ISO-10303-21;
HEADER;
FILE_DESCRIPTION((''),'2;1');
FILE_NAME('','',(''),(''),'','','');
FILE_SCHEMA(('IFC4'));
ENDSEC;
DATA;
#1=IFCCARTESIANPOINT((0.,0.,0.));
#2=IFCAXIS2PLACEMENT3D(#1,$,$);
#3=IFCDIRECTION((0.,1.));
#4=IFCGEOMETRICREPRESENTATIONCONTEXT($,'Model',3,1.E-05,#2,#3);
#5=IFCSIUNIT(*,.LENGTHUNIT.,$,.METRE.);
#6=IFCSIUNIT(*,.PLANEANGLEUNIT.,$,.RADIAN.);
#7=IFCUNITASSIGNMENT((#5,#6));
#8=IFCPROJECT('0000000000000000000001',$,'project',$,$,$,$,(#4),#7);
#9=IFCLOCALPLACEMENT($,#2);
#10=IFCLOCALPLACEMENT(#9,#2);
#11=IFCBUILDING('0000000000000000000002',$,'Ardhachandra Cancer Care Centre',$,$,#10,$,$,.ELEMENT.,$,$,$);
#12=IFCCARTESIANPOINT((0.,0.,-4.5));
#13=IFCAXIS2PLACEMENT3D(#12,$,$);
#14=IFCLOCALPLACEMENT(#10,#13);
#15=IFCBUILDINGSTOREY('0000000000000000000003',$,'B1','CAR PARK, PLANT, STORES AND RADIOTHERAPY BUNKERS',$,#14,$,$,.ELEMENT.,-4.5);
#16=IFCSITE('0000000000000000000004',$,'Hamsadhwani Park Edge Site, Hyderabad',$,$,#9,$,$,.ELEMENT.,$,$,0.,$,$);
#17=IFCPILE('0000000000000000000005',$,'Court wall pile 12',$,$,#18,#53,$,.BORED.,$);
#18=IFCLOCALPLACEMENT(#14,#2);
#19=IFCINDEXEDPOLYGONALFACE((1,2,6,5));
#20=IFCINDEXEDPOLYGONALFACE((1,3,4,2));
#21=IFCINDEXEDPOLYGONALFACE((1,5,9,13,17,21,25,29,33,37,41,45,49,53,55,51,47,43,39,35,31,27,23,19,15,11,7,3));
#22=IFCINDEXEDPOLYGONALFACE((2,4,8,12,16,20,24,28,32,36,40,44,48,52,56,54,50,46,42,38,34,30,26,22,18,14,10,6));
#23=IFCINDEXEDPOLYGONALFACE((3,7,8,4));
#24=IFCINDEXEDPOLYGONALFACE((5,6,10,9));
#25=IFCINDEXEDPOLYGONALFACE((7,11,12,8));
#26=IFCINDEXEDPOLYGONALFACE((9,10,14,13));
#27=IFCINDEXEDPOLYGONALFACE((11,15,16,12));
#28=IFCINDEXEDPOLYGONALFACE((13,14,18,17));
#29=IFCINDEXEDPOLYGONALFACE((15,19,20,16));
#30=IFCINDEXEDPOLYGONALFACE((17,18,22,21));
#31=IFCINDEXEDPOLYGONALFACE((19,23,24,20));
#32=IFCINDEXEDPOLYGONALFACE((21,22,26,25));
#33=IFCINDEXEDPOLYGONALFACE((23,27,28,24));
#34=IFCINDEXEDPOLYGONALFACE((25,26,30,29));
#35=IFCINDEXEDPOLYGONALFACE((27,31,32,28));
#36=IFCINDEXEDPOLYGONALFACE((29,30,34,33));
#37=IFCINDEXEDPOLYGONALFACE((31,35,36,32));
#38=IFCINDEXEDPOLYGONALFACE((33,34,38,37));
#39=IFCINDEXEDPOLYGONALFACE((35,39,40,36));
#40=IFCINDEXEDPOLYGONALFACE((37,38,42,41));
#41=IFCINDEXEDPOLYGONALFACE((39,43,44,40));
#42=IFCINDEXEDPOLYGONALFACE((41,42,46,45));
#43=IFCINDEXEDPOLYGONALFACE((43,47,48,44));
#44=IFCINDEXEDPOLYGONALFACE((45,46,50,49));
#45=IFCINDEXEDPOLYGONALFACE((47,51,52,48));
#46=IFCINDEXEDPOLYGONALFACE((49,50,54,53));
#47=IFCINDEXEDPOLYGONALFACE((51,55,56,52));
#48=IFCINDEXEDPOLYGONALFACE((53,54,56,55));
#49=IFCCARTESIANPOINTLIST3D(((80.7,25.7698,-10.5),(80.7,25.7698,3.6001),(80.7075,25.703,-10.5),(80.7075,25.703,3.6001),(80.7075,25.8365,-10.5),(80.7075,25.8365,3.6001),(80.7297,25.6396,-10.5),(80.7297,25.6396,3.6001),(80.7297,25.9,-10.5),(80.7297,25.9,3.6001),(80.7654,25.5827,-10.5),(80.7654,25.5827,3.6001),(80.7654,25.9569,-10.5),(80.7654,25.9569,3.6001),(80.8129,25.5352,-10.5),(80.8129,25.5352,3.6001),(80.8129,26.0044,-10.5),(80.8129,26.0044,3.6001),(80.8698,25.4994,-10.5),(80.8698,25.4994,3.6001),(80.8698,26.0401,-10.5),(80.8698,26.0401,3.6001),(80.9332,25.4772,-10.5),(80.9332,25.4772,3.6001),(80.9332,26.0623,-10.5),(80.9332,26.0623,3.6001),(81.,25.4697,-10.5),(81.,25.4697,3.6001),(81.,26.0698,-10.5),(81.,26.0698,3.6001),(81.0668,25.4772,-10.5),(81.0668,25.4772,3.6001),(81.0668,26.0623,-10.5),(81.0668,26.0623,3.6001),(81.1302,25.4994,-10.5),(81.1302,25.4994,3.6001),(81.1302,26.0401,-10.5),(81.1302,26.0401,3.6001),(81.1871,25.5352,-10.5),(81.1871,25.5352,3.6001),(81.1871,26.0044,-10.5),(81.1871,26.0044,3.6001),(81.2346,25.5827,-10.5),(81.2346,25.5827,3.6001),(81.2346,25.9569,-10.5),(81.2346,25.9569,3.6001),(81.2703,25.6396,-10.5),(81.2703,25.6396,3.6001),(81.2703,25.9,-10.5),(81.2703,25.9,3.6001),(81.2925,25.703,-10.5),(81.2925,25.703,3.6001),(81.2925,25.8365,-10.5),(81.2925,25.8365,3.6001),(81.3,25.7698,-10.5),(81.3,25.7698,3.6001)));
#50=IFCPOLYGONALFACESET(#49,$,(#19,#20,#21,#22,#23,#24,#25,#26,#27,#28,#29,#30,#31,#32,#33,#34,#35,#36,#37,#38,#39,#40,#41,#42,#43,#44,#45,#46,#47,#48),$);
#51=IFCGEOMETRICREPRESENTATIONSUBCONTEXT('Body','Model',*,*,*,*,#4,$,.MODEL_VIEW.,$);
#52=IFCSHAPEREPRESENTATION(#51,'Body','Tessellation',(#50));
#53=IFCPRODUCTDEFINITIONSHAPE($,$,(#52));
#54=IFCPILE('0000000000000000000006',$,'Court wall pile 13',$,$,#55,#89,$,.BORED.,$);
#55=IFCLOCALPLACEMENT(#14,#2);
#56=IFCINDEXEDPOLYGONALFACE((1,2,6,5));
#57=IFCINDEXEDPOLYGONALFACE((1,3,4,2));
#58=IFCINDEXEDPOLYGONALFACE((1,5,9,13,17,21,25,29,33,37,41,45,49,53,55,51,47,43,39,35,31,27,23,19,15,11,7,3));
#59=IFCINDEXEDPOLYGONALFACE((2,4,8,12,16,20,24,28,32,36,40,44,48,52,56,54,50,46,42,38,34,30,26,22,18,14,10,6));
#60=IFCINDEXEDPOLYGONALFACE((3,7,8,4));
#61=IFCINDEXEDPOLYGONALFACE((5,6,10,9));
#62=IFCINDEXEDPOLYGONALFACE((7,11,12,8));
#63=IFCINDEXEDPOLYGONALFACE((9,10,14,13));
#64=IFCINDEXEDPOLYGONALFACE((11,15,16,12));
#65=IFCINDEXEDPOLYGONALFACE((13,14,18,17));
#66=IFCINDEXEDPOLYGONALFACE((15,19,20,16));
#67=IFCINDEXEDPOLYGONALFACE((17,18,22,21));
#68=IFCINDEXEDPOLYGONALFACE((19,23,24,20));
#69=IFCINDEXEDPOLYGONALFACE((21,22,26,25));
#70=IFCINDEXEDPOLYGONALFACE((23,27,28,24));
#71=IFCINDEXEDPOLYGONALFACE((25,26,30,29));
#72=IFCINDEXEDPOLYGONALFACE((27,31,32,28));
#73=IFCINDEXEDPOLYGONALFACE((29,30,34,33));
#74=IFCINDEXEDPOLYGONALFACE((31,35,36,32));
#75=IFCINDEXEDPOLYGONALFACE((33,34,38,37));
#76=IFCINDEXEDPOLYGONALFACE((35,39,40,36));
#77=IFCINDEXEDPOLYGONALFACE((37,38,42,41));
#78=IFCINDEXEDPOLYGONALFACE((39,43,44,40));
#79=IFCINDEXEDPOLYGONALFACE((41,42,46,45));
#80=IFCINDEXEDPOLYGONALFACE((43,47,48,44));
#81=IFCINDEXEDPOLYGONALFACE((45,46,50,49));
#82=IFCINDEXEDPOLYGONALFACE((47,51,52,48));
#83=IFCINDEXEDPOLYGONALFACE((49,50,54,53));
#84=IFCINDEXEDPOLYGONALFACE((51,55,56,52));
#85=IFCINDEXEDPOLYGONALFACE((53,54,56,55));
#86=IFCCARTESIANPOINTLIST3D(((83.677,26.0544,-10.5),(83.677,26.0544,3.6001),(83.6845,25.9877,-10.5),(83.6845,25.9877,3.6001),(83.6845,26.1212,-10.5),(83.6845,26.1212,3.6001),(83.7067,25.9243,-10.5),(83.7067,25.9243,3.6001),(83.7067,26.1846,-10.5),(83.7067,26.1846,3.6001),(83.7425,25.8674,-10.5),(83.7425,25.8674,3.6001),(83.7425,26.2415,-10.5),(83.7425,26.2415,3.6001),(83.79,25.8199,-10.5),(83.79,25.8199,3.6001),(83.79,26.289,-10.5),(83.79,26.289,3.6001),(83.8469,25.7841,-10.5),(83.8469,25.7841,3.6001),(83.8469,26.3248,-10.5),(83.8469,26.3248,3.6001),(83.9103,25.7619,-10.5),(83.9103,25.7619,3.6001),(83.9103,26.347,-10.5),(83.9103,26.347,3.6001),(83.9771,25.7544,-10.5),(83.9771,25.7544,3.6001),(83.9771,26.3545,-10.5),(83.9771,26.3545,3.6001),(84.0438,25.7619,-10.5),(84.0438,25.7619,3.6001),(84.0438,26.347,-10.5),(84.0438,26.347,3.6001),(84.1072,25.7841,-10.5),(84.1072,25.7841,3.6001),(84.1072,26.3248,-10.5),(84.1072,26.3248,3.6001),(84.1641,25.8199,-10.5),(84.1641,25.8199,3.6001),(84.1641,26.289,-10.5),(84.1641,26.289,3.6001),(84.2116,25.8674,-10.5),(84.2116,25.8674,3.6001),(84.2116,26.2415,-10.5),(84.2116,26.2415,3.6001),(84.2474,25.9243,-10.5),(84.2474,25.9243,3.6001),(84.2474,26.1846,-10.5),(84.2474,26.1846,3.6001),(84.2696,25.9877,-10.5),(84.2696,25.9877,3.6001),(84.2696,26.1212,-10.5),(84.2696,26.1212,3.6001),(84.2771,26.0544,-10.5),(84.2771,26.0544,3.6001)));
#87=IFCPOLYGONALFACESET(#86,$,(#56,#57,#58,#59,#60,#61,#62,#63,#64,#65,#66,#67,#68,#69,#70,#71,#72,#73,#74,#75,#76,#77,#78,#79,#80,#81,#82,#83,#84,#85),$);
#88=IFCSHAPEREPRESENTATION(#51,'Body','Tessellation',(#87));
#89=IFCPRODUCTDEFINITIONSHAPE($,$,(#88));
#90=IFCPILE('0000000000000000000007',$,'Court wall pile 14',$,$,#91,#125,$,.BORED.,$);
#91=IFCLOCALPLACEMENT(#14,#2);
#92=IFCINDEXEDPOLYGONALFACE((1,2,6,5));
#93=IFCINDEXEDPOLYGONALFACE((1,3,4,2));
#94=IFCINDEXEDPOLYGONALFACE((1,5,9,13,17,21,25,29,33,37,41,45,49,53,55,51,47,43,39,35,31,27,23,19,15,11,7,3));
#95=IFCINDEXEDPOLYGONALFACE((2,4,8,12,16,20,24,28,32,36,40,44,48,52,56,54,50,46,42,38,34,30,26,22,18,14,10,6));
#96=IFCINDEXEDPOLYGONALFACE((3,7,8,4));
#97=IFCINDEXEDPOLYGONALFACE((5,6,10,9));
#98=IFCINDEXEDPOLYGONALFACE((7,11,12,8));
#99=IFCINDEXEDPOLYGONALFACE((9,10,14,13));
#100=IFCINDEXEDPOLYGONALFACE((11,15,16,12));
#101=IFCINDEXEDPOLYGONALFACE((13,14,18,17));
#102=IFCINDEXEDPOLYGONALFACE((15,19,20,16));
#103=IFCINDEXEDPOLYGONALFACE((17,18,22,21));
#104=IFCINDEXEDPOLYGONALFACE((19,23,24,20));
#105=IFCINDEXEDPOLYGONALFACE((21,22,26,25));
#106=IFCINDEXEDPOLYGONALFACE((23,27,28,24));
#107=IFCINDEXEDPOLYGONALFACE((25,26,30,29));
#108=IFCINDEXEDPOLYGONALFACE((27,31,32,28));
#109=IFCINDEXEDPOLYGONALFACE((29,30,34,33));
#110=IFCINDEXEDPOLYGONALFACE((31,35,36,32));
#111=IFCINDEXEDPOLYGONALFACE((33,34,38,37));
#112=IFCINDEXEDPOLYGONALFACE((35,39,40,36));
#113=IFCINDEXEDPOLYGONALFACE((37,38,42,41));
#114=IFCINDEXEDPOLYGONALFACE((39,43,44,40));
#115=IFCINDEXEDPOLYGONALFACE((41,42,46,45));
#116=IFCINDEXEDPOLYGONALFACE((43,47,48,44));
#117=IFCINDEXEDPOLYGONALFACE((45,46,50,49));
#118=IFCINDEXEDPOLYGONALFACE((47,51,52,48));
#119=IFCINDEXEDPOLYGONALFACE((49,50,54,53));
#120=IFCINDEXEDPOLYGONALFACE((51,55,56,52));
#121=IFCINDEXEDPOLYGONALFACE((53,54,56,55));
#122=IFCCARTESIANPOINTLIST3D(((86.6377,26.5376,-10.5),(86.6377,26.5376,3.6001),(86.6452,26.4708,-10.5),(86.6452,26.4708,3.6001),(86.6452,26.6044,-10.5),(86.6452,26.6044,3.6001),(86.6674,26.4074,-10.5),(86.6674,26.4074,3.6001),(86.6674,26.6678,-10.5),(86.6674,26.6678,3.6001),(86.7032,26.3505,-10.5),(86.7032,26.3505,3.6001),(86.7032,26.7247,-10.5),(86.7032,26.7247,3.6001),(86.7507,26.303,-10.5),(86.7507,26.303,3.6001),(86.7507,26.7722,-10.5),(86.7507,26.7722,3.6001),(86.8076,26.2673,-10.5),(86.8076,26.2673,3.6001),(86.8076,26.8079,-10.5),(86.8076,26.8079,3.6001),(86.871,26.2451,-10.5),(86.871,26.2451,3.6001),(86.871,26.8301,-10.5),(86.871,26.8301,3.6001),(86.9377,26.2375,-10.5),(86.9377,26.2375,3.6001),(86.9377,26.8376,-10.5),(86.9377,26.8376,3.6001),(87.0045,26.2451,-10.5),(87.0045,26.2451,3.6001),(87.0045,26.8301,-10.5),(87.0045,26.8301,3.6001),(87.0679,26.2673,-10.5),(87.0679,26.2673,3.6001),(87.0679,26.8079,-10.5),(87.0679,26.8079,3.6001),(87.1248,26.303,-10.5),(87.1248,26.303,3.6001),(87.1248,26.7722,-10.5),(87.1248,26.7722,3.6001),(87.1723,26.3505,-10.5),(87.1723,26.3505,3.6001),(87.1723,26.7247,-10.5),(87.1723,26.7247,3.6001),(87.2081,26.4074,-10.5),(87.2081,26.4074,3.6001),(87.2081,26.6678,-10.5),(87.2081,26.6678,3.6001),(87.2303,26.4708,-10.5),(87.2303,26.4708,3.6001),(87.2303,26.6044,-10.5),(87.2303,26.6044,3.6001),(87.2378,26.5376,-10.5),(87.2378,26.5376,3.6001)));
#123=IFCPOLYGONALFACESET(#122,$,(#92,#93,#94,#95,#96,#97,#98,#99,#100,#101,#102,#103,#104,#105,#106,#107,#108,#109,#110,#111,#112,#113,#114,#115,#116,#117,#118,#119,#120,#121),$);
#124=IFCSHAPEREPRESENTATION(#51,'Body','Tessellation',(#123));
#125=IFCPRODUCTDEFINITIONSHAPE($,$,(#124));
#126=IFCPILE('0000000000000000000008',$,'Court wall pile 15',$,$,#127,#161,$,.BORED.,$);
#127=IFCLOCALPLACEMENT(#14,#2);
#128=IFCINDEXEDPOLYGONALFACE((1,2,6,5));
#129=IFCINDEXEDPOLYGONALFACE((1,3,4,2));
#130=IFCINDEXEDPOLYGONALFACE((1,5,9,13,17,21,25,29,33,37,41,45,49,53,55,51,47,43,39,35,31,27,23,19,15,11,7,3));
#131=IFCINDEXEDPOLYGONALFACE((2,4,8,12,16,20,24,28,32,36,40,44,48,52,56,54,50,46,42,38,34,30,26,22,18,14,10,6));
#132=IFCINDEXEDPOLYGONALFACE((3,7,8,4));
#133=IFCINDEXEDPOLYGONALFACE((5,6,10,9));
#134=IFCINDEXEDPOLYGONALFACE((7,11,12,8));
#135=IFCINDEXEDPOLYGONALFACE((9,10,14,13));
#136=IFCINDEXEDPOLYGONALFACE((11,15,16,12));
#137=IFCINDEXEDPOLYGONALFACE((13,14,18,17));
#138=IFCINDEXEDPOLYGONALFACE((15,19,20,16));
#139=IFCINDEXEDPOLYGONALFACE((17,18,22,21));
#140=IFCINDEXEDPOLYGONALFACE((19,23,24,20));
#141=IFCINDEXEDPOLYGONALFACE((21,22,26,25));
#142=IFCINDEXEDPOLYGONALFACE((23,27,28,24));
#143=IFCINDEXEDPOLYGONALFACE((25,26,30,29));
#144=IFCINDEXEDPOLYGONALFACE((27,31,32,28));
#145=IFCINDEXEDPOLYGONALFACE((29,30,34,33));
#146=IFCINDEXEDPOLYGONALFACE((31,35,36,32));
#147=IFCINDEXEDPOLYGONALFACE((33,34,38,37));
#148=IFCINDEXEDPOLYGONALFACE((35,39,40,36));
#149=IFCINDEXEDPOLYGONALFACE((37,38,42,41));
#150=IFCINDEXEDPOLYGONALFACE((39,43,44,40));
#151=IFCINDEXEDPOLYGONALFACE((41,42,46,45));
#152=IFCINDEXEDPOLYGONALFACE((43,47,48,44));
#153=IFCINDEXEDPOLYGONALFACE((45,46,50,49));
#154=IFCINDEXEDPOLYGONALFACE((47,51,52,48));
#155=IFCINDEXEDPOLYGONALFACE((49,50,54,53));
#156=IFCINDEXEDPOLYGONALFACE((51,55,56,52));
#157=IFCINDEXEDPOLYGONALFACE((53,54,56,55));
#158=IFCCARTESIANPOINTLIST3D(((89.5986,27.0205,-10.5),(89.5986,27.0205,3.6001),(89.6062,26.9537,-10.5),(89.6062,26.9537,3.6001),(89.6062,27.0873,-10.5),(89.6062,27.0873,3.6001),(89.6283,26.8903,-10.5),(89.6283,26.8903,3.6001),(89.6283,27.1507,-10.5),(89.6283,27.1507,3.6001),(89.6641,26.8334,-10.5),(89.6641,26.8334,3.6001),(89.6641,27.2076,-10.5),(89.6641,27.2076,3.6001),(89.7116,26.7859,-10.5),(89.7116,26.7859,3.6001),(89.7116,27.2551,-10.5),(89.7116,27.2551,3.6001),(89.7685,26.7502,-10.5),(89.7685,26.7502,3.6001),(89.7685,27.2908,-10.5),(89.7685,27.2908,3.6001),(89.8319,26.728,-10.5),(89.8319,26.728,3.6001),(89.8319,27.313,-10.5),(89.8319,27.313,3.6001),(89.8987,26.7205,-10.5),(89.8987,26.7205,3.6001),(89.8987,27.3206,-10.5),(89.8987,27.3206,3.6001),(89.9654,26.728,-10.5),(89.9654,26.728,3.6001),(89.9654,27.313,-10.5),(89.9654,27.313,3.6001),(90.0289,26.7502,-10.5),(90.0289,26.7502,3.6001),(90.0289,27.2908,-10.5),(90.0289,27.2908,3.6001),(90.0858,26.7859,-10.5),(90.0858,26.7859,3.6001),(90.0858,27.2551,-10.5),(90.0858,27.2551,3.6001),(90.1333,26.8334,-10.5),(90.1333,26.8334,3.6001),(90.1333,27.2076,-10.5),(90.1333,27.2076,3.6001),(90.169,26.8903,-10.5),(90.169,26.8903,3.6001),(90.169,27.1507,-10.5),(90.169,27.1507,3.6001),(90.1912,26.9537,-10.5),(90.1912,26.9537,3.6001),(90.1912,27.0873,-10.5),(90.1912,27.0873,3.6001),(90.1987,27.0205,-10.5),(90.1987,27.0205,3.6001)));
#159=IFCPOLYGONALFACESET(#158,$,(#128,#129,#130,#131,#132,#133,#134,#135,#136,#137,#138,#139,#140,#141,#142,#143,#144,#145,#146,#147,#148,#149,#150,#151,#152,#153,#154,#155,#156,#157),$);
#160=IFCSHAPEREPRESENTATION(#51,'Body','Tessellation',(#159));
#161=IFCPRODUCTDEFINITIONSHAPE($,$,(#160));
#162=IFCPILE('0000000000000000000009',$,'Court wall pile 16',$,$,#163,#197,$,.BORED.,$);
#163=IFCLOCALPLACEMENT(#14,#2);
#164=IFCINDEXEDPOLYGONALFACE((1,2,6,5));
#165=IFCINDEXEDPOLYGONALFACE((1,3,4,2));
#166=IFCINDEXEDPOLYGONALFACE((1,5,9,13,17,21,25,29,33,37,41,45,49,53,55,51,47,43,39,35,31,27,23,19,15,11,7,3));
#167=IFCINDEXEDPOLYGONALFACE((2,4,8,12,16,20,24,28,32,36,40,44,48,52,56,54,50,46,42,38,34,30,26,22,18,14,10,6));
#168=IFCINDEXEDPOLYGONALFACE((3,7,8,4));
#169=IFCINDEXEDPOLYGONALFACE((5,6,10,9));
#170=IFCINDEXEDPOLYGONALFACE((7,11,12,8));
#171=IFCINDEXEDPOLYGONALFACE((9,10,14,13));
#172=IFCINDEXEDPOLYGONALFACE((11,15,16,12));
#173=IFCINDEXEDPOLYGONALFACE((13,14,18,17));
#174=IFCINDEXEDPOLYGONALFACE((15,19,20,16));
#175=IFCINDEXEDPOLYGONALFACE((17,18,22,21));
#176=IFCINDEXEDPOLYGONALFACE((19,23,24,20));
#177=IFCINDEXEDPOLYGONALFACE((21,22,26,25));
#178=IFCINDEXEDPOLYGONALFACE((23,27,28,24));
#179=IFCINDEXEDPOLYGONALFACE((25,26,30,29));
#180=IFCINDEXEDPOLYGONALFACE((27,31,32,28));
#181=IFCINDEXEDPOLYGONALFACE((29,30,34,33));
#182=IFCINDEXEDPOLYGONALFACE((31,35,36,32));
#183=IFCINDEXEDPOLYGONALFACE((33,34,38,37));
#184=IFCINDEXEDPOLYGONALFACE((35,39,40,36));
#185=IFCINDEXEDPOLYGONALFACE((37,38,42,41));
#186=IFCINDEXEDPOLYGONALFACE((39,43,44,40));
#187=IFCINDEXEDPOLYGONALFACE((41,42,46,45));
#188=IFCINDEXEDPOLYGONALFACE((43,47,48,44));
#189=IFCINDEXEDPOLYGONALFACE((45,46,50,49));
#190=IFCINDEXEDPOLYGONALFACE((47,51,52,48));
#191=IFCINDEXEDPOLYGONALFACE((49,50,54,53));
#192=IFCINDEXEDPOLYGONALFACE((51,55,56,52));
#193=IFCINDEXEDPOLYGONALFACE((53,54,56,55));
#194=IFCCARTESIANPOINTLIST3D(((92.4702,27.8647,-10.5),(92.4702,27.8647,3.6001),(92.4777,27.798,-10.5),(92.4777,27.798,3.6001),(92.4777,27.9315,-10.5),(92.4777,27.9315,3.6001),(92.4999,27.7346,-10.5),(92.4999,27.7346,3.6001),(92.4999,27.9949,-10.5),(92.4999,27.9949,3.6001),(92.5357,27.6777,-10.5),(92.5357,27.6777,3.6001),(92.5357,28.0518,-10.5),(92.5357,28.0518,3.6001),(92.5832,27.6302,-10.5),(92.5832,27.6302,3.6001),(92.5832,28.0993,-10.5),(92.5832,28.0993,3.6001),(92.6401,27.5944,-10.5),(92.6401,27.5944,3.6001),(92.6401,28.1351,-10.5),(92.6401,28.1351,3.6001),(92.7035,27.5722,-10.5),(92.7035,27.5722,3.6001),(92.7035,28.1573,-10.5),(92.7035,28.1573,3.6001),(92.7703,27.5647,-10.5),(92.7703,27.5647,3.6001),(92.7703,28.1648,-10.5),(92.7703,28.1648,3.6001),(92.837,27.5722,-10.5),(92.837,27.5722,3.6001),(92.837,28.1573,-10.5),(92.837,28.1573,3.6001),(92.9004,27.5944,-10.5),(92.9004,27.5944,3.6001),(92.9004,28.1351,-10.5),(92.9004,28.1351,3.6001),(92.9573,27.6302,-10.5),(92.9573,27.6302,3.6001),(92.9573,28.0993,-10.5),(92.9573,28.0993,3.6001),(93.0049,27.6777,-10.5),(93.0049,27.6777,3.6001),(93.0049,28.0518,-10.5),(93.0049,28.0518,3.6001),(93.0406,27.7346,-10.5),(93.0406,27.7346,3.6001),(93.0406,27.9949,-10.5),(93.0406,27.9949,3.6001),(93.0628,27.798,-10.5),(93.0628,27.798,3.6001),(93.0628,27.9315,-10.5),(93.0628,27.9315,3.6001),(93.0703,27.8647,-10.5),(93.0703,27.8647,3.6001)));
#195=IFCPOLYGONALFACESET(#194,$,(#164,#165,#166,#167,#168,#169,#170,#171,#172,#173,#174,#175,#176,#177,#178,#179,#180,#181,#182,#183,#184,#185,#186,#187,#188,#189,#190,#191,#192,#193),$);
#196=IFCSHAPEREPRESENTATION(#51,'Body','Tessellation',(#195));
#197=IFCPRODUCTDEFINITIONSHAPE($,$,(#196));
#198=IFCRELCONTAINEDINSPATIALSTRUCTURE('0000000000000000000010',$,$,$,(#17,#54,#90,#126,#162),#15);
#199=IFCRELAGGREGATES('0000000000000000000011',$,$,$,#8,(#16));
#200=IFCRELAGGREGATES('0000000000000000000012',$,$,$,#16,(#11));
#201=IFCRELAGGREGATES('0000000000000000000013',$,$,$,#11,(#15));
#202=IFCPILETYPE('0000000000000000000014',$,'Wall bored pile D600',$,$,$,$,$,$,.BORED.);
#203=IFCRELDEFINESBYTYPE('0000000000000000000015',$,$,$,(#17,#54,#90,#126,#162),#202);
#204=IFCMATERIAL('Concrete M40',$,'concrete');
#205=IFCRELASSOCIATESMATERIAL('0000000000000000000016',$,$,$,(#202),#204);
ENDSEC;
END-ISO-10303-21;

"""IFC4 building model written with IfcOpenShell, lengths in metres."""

from ifc_helpers import new_model, si_unit, direction, frame, origin, origin_2d, place, context, subcontext, project, spatial, circle, extrude, material, material_profile, profile_set, type_object, element, save


model = new_model("IFC4")

# Units and contexts
model_context = context("Model", 3, precision=1e-05, world=origin(), true_north=direction((0.0, 1.0)))
body_context = subcontext(model_context, "Body", "Model", "MODEL_VIEW")
ifc_project = project(units=[si_unit("LENGTHUNIT", "METRE"), si_unit("PLANEANGLEUNIT", "RADIAN")], contexts=[model_context])

# Site, building, storey
site_placement = place(None, origin())
site = spatial("IfcSite", under=ifc_project, at=site_placement, Name="Hamsadhwani Park Edge Site, Hyderabad", CompositionType="ELEMENT", RefElevation=0.0)
building_placement = place(site_placement, origin())
building = spatial("IfcBuilding", under=site, at=building_placement, Name="Ardhachandra Cancer Care Centre", CompositionType="ELEMENT")
storey_placement = place(building_placement, frame((0.0, 0.0, -4.5)))
storey = spatial("IfcBuildingStorey", under=building, at=storey_placement, Name="B1", Description="CAR PARK, PLANT, STORES AND RADIOTHERAPY BUNKERS", CompositionType="ELEMENT", Elevation=-4.5)

# Piles
ifc_material_1 = material(Name="Concrete M40", Category="concrete")
ifc_material_profile_1 = material_profile(ifc_material_1, circle(Radius=0.3, at=origin_2d()), Name="D600")
ifc_profile_set_1 = profile_set([ifc_material_profile_1], Name="Concrete M40")
pile_type_1 = type_object("IfcPileType", Name="Wall bored pile D600", PredefinedType="BORED", material=ifc_profile_set_1)
for number, where, z_axis, x_axis, name in (
    (1, (81.0, 25.7698, 3.6001), (0.0, 0.0, -1.0), (1.0, 0.0, 0.0), "Court wall pile 12"),
    (2, (83.9771, 26.0544, 3.6001), (0.0, 0.0, -1.0), (1.0, 0.0, 0.0), "Court wall pile 13"),
    (3, (86.9377, 26.5376, 3.6001), (0.0, 0.0, -1.0), (1.0, 0.0, 0.0), "Court wall pile 14"),
    (4, (89.8987, 27.0205, 3.6001), (0.0, 0.0, -1.0), (1.0, 0.0, 0.0), "Court wall pile 15"),
    (5, (92.7703, 27.8647, 3.6001), (0.0, 0.0, -1.0), (1.0, 0.0, 0.0), "Court wall pile 16"),
):
    element("IfcPile", number, at=place(storey_placement, frame(where, z_axis=z_axis, x_axis=x_axis)), inside=storey, type_object=pile_type_1, Name=name, PredefinedType="BORED", context=body_context, shape_type="SweptSolid", body=[
        extrude(circle(Radius=0.3, at=origin_2d()), origin(), (0.0, 0.0, 1.0), 14.1001),
    ])

save(model, "model.ifc")
